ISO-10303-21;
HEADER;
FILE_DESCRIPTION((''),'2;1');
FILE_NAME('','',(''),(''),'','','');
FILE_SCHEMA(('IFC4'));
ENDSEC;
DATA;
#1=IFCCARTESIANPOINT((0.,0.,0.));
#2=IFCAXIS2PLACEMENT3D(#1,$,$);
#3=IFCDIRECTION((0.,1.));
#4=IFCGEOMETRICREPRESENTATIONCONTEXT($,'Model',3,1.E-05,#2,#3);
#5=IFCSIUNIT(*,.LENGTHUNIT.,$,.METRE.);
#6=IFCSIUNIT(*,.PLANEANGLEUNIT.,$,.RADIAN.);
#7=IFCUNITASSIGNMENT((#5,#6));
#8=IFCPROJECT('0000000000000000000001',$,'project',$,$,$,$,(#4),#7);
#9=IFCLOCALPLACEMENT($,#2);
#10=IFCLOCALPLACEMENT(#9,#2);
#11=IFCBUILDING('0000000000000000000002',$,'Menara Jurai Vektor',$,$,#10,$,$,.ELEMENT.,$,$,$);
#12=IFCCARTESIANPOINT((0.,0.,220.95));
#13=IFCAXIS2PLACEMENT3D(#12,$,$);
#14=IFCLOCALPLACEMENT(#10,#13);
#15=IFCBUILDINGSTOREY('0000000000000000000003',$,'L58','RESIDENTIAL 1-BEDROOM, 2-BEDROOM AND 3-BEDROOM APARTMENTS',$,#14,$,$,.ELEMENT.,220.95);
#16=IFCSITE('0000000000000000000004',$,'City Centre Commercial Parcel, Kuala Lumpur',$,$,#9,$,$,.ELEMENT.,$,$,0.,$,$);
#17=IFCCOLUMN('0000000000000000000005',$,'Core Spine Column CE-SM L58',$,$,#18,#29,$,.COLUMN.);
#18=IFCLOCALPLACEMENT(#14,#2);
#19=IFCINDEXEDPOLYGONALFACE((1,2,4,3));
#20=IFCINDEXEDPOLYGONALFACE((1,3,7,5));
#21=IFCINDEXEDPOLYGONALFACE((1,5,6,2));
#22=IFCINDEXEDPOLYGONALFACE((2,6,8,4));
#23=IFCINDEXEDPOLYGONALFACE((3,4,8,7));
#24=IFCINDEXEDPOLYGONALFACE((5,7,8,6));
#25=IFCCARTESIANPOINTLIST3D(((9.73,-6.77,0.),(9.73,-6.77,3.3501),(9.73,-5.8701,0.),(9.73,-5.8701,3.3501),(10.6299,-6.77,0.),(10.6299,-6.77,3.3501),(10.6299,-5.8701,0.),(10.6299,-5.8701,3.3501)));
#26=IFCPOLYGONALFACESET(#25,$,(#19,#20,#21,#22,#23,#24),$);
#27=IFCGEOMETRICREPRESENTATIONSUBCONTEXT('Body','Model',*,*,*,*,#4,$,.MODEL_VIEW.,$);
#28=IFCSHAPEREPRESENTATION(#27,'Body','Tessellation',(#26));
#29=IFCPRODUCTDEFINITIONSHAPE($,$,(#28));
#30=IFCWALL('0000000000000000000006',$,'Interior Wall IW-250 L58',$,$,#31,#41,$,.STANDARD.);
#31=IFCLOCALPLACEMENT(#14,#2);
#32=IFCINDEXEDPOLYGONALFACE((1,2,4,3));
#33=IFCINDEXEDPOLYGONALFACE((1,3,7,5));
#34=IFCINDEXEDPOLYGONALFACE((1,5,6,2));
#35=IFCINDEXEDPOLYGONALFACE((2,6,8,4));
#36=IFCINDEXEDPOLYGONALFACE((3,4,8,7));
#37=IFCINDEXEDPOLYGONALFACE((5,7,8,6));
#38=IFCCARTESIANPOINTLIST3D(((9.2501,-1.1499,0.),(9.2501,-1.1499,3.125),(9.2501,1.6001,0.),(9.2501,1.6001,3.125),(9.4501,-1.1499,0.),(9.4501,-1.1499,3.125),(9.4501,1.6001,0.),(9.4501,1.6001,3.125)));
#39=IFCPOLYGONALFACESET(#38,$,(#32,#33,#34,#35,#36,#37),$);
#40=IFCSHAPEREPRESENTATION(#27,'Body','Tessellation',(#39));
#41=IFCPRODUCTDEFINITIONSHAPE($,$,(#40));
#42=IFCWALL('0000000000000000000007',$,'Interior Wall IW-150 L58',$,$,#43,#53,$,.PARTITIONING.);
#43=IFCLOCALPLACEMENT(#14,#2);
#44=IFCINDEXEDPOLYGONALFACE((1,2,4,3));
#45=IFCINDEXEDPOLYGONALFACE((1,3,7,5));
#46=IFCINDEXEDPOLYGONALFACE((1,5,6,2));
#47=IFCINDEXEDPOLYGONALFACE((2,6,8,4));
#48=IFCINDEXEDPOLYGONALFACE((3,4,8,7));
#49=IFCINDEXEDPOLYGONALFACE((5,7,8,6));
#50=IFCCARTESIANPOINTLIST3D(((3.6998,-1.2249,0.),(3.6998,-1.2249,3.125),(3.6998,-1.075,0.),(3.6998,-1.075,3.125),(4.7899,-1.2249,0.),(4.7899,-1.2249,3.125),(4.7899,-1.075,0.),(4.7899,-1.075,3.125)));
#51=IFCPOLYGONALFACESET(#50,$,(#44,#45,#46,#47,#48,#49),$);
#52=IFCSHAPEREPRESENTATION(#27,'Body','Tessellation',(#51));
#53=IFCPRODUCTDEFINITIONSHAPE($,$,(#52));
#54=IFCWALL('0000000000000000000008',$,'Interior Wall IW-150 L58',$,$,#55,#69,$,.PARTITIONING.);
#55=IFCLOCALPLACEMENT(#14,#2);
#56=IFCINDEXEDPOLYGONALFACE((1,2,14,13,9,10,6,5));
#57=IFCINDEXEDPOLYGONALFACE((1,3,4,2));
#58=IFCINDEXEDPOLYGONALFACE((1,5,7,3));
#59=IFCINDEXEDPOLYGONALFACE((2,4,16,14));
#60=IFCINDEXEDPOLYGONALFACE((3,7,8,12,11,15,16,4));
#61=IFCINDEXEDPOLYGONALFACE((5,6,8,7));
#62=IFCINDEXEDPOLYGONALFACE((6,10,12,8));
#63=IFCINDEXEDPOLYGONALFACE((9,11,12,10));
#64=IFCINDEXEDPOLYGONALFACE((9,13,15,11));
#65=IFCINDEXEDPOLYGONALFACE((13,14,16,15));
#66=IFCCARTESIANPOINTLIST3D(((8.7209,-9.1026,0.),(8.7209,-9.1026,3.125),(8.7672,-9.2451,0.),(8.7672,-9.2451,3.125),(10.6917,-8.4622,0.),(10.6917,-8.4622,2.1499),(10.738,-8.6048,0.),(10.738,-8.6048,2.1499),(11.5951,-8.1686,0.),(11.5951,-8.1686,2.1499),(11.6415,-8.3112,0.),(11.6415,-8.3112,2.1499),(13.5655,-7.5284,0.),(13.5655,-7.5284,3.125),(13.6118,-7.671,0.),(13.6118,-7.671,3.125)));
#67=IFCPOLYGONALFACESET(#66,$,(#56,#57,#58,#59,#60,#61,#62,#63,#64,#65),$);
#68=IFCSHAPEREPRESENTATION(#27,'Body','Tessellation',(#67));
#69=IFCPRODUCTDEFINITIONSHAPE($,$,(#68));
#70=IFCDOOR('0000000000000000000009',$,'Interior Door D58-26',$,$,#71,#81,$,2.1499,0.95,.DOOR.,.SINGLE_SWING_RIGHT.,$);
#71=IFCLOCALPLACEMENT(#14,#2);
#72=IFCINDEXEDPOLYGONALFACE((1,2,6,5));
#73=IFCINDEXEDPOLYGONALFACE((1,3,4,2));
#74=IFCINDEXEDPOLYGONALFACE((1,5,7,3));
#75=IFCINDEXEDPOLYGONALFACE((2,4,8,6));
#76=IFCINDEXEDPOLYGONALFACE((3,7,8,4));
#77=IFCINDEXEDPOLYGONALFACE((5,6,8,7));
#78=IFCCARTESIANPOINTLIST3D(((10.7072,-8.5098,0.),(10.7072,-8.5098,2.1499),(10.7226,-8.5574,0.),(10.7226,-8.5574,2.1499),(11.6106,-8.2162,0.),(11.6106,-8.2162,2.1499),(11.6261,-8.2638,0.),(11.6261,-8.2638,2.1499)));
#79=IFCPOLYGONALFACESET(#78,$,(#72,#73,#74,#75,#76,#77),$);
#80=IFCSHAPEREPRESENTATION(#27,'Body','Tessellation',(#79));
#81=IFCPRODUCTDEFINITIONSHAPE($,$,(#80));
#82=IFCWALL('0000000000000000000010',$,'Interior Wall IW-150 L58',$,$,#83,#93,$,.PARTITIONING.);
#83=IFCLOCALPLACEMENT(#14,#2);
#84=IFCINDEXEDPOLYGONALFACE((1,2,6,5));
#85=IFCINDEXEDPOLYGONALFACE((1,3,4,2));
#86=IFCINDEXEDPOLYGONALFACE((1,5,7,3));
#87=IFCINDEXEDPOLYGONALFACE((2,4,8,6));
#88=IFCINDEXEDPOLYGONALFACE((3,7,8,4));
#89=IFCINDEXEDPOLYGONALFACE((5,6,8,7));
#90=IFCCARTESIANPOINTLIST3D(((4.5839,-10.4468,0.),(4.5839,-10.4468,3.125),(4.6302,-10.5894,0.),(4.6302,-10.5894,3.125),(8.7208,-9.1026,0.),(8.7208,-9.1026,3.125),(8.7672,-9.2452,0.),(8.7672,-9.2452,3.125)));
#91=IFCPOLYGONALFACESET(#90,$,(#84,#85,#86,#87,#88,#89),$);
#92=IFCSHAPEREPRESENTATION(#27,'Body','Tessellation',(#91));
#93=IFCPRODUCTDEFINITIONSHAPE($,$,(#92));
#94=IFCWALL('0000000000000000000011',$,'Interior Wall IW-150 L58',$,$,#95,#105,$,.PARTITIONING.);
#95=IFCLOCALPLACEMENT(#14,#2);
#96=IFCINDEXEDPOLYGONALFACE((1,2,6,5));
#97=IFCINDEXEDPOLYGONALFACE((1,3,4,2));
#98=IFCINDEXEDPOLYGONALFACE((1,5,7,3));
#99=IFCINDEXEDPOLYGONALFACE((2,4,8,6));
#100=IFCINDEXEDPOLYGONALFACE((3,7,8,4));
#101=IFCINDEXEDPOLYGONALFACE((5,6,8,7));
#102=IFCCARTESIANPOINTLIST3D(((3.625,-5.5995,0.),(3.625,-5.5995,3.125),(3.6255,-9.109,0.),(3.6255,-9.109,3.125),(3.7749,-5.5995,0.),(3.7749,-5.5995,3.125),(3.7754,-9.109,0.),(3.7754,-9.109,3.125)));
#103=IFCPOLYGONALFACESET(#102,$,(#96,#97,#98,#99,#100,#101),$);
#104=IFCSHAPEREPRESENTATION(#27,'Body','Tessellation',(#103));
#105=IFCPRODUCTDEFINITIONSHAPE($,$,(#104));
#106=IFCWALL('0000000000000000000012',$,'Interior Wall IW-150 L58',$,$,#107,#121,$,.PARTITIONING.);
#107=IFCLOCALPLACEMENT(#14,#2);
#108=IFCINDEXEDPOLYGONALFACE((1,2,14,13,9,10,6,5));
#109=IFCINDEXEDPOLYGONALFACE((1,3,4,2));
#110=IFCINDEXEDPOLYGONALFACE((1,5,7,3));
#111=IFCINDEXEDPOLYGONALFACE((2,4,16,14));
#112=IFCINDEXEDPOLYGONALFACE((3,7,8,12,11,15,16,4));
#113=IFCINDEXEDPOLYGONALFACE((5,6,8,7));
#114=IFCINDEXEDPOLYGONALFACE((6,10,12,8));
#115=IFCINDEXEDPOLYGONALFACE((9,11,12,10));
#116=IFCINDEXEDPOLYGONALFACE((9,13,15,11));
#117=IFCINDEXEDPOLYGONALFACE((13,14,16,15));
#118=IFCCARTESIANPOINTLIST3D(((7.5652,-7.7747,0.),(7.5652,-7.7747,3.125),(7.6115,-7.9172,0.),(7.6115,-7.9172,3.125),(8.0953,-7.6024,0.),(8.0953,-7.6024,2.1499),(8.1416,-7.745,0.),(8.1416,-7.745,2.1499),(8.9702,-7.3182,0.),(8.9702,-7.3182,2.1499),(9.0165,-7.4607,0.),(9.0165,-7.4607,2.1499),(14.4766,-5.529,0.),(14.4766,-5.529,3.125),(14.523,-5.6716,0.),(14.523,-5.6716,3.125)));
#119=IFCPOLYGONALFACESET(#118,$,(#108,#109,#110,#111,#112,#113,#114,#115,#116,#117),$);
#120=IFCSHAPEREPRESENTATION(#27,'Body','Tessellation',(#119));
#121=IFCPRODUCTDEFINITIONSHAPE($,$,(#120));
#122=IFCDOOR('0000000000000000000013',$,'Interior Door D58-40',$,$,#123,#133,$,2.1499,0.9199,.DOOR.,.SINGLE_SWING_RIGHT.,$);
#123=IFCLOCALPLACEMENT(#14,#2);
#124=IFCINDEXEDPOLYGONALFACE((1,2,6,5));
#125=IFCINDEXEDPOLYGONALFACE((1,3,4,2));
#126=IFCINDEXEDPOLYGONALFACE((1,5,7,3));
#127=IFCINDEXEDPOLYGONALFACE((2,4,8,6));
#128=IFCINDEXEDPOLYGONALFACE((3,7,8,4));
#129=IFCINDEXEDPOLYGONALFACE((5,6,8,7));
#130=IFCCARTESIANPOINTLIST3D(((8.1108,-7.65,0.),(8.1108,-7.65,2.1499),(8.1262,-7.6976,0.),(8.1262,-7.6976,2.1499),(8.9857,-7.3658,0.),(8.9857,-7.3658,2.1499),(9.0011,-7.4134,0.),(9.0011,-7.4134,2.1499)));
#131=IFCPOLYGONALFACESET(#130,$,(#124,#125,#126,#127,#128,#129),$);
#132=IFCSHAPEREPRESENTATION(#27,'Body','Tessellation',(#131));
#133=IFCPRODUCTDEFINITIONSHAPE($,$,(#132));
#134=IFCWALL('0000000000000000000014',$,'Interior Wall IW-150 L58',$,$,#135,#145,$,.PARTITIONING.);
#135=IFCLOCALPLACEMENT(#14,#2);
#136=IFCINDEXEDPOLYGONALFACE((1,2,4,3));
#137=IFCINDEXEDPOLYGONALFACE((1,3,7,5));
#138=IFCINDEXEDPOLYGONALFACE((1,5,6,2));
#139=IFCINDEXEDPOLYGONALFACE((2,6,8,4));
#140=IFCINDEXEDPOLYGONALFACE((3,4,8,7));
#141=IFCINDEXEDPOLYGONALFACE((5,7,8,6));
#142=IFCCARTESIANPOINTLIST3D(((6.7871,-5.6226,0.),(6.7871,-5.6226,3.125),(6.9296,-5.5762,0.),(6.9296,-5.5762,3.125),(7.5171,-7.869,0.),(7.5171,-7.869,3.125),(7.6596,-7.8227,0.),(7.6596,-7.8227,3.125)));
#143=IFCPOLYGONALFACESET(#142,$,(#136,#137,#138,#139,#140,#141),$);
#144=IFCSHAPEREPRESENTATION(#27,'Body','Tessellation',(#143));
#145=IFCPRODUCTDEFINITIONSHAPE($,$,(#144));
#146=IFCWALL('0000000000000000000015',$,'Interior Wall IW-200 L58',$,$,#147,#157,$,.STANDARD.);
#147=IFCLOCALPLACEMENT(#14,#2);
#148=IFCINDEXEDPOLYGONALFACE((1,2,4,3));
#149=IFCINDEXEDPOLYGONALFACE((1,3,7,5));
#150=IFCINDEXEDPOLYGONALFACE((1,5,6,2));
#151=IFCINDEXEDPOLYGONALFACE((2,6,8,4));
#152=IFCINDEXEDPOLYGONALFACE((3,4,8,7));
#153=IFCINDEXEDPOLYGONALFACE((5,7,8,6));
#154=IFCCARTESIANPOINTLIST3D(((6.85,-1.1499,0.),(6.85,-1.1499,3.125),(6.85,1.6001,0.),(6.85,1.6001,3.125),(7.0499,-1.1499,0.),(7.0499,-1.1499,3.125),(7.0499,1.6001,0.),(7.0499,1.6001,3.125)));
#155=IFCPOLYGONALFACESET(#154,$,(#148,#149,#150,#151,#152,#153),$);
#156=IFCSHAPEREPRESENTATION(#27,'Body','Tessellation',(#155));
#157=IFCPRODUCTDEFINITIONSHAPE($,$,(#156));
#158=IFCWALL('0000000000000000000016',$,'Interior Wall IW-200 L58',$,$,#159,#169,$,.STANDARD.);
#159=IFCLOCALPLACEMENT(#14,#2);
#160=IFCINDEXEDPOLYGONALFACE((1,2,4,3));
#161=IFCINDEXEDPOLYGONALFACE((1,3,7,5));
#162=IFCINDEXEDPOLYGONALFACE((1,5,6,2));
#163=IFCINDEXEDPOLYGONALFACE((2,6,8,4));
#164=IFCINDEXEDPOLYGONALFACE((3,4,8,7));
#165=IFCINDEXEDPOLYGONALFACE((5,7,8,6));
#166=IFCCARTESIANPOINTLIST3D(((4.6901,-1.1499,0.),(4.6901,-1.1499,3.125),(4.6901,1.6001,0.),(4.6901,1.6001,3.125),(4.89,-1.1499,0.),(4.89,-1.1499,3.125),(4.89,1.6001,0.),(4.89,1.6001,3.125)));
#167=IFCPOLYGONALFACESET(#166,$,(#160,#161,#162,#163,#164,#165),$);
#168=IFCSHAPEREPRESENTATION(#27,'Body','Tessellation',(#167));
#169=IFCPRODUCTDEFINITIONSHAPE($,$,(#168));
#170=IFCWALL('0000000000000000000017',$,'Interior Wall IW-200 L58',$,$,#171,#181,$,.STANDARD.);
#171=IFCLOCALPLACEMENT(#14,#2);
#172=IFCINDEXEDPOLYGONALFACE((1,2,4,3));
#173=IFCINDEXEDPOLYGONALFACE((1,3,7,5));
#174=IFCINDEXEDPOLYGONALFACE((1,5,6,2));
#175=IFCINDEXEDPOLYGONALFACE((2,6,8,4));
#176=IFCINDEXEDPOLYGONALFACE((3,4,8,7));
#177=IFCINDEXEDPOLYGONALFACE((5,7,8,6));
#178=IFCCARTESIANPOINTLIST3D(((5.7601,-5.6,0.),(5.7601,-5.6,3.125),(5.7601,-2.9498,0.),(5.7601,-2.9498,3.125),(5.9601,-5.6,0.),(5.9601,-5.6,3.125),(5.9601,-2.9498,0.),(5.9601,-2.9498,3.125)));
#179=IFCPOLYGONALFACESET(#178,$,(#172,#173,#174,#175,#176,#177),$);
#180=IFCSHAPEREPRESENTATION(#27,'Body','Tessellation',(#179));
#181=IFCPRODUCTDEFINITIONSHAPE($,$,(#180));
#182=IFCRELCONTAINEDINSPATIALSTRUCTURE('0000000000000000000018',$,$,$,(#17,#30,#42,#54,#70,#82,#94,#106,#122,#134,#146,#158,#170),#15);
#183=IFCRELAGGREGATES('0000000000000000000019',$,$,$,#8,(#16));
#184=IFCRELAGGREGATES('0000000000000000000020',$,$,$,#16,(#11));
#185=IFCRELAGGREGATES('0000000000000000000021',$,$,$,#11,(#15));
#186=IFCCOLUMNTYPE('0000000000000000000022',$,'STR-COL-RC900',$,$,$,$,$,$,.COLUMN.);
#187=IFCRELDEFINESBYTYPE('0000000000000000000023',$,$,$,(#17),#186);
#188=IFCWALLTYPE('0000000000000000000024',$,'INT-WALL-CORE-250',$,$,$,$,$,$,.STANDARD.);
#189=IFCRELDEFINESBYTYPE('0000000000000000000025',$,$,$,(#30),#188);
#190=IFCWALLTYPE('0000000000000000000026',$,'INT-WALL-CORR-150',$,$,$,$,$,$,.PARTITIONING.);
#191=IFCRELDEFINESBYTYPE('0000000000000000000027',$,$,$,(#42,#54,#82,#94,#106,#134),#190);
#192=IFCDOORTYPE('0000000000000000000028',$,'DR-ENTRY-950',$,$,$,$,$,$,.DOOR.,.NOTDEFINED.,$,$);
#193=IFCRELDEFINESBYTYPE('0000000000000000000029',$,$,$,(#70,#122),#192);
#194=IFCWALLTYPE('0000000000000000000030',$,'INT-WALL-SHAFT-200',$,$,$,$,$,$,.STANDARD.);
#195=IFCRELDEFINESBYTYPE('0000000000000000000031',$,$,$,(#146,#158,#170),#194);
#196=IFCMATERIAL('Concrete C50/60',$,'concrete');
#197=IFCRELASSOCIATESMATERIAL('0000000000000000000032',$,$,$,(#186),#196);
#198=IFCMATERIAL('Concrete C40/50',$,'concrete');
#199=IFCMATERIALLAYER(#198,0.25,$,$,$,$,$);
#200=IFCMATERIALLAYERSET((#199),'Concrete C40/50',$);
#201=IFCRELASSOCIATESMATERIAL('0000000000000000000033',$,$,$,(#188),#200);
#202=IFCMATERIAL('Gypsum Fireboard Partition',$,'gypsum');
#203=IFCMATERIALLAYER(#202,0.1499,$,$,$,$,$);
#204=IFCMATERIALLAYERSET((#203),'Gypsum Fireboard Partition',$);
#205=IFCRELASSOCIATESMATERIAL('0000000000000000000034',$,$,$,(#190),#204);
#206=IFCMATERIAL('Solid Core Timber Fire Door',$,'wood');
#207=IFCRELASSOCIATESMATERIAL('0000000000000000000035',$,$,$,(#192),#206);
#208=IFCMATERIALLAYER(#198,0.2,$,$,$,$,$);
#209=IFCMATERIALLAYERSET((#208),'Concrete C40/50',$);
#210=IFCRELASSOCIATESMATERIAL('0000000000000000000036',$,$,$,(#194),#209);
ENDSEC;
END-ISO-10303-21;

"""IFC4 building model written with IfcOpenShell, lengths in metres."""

from ifc_helpers import new_model, si_unit, direction, frame, frame_2d, origin, origin_2d, place, context, subcontext, project, spatial, rectangle, extrude, material, layer, layer_set, material_profile, profile_set, type_object, element, fill, save


model = new_model("IFC4")

# Units and contexts
model_context = context("Model", 3, precision=1e-05, world=origin(), true_north=direction((0.0, 1.0)))
body_context = subcontext(model_context, "Body", "Model", "MODEL_VIEW")
ifc_project = project(units=[si_unit("LENGTHUNIT", "METRE"), si_unit("PLANEANGLEUNIT", "RADIAN")], contexts=[model_context])

# Site, building, storey
site_placement = place(None, origin())
site = spatial("IfcSite", under=ifc_project, at=site_placement, Name="City Centre Commercial Parcel, Kuala Lumpur", CompositionType="ELEMENT", RefElevation=0.0)
building_placement = place(site_placement, origin())
building = spatial("IfcBuilding", under=site, at=building_placement, Name="Menara Jurai Vektor", CompositionType="ELEMENT")
storey_placement = place(building_placement, frame((0.0, 0.0, 220.95)))
storey = spatial("IfcBuildingStorey", under=building, at=storey_placement, Name="L58", Description="RESIDENTIAL 1-BEDROOM, 2-BEDROOM AND 3-BEDROOM APARTMENTS", CompositionType="ELEMENT", Elevation=220.95)

# Column
ifc_material_1 = material(Name="Concrete C50/60", Category="concrete")
ifc_material_profile = material_profile(ifc_material_1, rectangle(XDim=0.8999, YDim=0.8999, at=origin_2d()), Name="RC 900x900")
ifc_profile_set = profile_set([ifc_material_profile], Name="Concrete C50/60")
column_type = type_object("IfcColumnType", Name="STR-COL-RC900", PredefinedType="COLUMN", material=ifc_profile_set)
column_placement = place(storey_placement, frame((10.1799, -6.3201, 0.0), z_axis=(0.0, 0.0, 1.0), x_axis=(1.0, 0.0, 0.0)))
element("IfcColumn", 1, at=column_placement, inside=storey, type_object=column_type, Name="Core Spine Column CE-SM L58", PredefinedType="COLUMN", context=body_context, shape_type="SweptSolid", body=[
    extrude(rectangle(XDim=0.8999, YDim=0.8999, at=origin_2d()), origin(), (0.0, 0.0, 1.0), 3.3501),
])

# Walls
ifc_material_2 = material(Name="Concrete C40/50", Category="concrete")
ifc_layer_1 = layer(ifc_material_2, 0.25)
ifc_layer_set_1 = layer_set([ifc_layer_1], Name="Concrete C40/50")
wall_type_1 = type_object("IfcWallType", Name="INT-WALL-CORE-250", PredefinedType="STANDARD", material=ifc_layer_set_1)
wall_1_placement = place(storey_placement, frame((9.3501, -1.1499, 0.0), z_axis=(0.0, 0.0, 1.0), x_axis=(0.0, 1.0, 0.0)))
element("IfcWall", 2, at=wall_1_placement, inside=storey, type_object=wall_type_1, Name="Interior Wall IW-250 L58", PredefinedType="STANDARD", context=body_context, shape_type="SweptSolid", body=[
    extrude(rectangle(XDim=2.75, YDim=0.2, at=frame_2d((1.375, 0.0))), origin(), (0.0, 0.0, 1.0), 3.125),
])
ifc_material_3 = material(Name="Gypsum Fireboard Partition", Category="gypsum")
ifc_layer_2 = layer(ifc_material_3, 0.1499)
ifc_layer_set_2 = layer_set([ifc_layer_2], Name="Gypsum Fireboard Partition")
wall_type_2 = type_object("IfcWallType", Name="INT-WALL-CORR-150", PredefinedType="PARTITIONING", material=ifc_layer_set_2)
wall_2_placement = place(storey_placement, frame((3.7, -1.1499, 0.0), z_axis=(0.0, 0.0, 1.0), x_axis=(1.0, 0.0, 0.0)))
element("IfcWall", 3, at=wall_2_placement, inside=storey, type_object=wall_type_2, Name="Interior Wall IW-150 L58", PredefinedType="PARTITIONING", context=body_context, shape_type="SweptSolid", body=[
    extrude(rectangle(XDim=1.0901, YDim=0.1499, at=frame_2d((0.5449, 0.0))), origin(), (0.0, 0.0, 1.0), 3.125),
])

# Wall, opening, door
wall_3_placement = place(storey_placement, frame((8.7441, -9.1738, 0.0), z_axis=(0.0, 0.0, 1.0), x_axis=(0.951052, 0.30903, 0.0)))
wall_3 = element("IfcWall", 4, at=wall_3_placement, inside=storey, type_object=wall_type_2, Name="Interior Wall IW-150 L58", PredefinedType="PARTITIONING", context=body_context, shape_type="SweptSolid", body=[
    extrude(rectangle(XDim=5.094, YDim=0.1499, at=frame_2d((2.5469, 0.0))), origin(), (0.0, 0.0, 1.0), 3.125),
])
opening_1_placement = place(wall_3_placement, frame((2.072, 0.0, 0.0)))
opening_1 = element("IfcOpeningElement", 5, at=opening_1_placement, cuts=wall_3, PredefinedType="OPENING", context=body_context, shape_type="SweptSolid", body=[
    extrude(rectangle(XDim=0.95, YDim=2.1499, at=frame_2d((0.4751, 1.075))), frame((0.0, 0.085, 0.0), z_axis=(0.0, -1.0, 0.0), x_axis=(1.0, 0.0, 0.0)), (0.0, 0.0, 1.0), 0.1699),
])
ifc_material_4 = material(Name="Solid Core Timber Fire Door", Category="wood")
door_type_1 = type_object("IfcDoorType", Name="DR-ENTRY-950", OperationType="NOTDEFINED", PredefinedType="DOOR", material=ifc_material_4)
door_1_placement = place(opening_1_placement, origin())
door_1 = element("IfcDoor", 6, at=door_1_placement, inside=storey, type_object=door_type_1, Name="Interior Door D58-26", OperationType="SINGLE_SWING_RIGHT", OverallHeight=2.1499, OverallWidth=0.95, PredefinedType="DOOR", context=body_context, shape_type="SweptSolid", body=[
    extrude(rectangle(XDim=0.95, YDim=2.1499, at=frame_2d((0.4751, 1.075))), frame((0.0, 0.0249, 0.0), z_axis=(0.0, -1.0, 0.0), x_axis=(1.0, 0.0, 0.0)), (0.0, 0.0, 1.0), 0.05),
])
fill(opening_1, door_1)

# Walls
wall_4_placement = place(storey_placement, frame((4.6072, -10.5181, 0.0), z_axis=(0.0, 0.0, 1.0), x_axis=(0.951053, 0.309029, 0.0)))
element("IfcWall", 7, at=wall_4_placement, inside=storey, type_object=wall_type_2, Name="Interior Wall IW-150 L58", PredefinedType="PARTITIONING", context=body_context, shape_type="SweptSolid", body=[
    extrude(rectangle(XDim=4.3499, YDim=0.1499, at=frame_2d((2.1748, 0.0))), origin(), (0.0, 0.0, 1.0), 3.125),
])
wall_5_placement = place(storey_placement, frame((3.7004, -9.1091, 0.0), z_axis=(0.0, 0.0, 1.0), x_axis=(-0.000139, 1.0, 0.0)))
element("IfcWall", 8, at=wall_5_placement, inside=storey, type_object=wall_type_2, Name="Interior Wall IW-150 L58", PredefinedType="PARTITIONING", context=body_context, shape_type="SweptSolid", body=[
    extrude(rectangle(XDim=3.5095, YDim=0.1499, at=frame_2d((1.7549, 0.0))), origin(), (0.0, 0.0, 1.0), 3.125),
])

# Wall, opening, door
wall_6_placement = place(storey_placement, frame((7.5884, -7.8459, 0.0), z_axis=(0.0, 0.0, 1.0), x_axis=(0.951058, 0.309012, 0.0)))
wall_6 = element("IfcWall", 9, at=wall_6_placement, inside=storey, type_object=wall_type_2, Name="Interior Wall IW-150 L58", PredefinedType="PARTITIONING", context=body_context, shape_type="SweptSolid", body=[
    extrude(rectangle(XDim=7.2671, YDim=0.1499, at=frame_2d((3.6335, 0.0))), origin(), (0.0, 0.0, 1.0), 3.125),
])
opening_2_placement = place(wall_6_placement, frame((0.5574, 0.0, 0.0)))
opening_2 = element("IfcOpeningElement", 10, at=opening_2_placement, cuts=wall_6, PredefinedType="OPENING", context=body_context, shape_type="SweptSolid", body=[
    extrude(rectangle(XDim=0.9199, YDim=2.1499, at=frame_2d((0.46, 1.075))), frame((0.0, 0.085, 0.0), z_axis=(0.0, -1.0, 0.0), x_axis=(1.0, 0.0, 0.0)), (0.0, 0.0, 1.0), 0.1699),
])
door_2_placement = place(opening_2_placement, origin())
door_2 = element("IfcDoor", 11, at=door_2_placement, inside=storey, type_object=door_type_1, Name="Interior Door D58-40", OperationType="SINGLE_SWING_RIGHT", OverallHeight=2.1499, OverallWidth=0.9199, PredefinedType="DOOR", context=body_context, shape_type="SweptSolid", body=[
    extrude(rectangle(XDim=0.9199, YDim=2.1499, at=frame_2d((0.46, 1.075))), frame((0.0, 0.0249, 0.0), z_axis=(0.0, -1.0, 0.0), x_axis=(1.0, 0.0, 0.0)), (0.0, 0.0, 1.0), 0.05),
])
fill(opening_2, door_2)

# Wall
wall_7_placement = place(storey_placement, frame((7.5884, -7.8459, 0.0), z_axis=(0.0, 0.0, 1.0), x_axis=(-0.309056, 0.951044, 0.0)))
element("IfcWall", 12, at=wall_7_placement, inside=storey, type_object=wall_type_2, Name="Interior Wall IW-150 L58", PredefinedType="PARTITIONING", context=body_context, shape_type="SweptSolid", body=[
    extrude(rectangle(XDim=2.3621, YDim=0.1499, at=frame_2d((1.1812, 0.0))), origin(), (0.0, 0.0, 1.0), 3.125),
])

# Shared definitions
ifc_layer_3 = layer(ifc_material_2, 0.2)
ifc_layer_set_3 = layer_set([ifc_layer_3], Name="Concrete C40/50")
wall_type_3 = type_object("IfcWallType", Name="INT-WALL-SHAFT-200", PredefinedType="STANDARD", material=ifc_layer_set_3)

# Wall
wall_8_placement = place(storey_placement, frame((6.95, -1.1499, 0.0), z_axis=(0.0, 0.0, 1.0), x_axis=(0.0, 1.0, 0.0)))
element("IfcWall", 13, at=wall_8_placement, inside=storey, type_object=wall_type_3, Name="Interior Wall IW-200 L58", PredefinedType="STANDARD", context=body_context, shape_type="SweptSolid", body=[
    extrude(rectangle(XDim=2.75, YDim=0.2, at=frame_2d((1.375, 0.0))), origin(), (0.0, 0.0, 1.0), 3.125),
])

# Wall
wall_9_placement = place(storey_placement, frame((4.79, -1.1499, 0.0), z_axis=(0.0, 0.0, 1.0), x_axis=(0.0, 1.0, 0.0)))
element("IfcWall", 14, at=wall_9_placement, inside=storey, type_object=wall_type_3, Name="Interior Wall IW-200 L58", PredefinedType="STANDARD", context=body_context, shape_type="SweptSolid", body=[
    extrude(rectangle(XDim=2.75, YDim=0.2, at=frame_2d((1.375, 0.0))), origin(), (0.0, 0.0, 1.0), 3.125),
])

# Wall
wall_10_placement = place(storey_placement, frame((5.8601, -5.6001, 0.0), z_axis=(0.0, 0.0, 1.0), x_axis=(0.0, 1.0, 0.0)))
element("IfcWall", 15, at=wall_10_placement, inside=storey, type_object=wall_type_3, Name="Interior Wall IW-200 L58", PredefinedType="STANDARD", context=body_context, shape_type="SweptSolid", body=[
    extrude(rectangle(XDim=2.6501, YDim=0.2, at=frame_2d((1.3252, 0.0))), origin(), (0.0, 0.0, 1.0), 3.125),
])

save(model, "model.ifc")
